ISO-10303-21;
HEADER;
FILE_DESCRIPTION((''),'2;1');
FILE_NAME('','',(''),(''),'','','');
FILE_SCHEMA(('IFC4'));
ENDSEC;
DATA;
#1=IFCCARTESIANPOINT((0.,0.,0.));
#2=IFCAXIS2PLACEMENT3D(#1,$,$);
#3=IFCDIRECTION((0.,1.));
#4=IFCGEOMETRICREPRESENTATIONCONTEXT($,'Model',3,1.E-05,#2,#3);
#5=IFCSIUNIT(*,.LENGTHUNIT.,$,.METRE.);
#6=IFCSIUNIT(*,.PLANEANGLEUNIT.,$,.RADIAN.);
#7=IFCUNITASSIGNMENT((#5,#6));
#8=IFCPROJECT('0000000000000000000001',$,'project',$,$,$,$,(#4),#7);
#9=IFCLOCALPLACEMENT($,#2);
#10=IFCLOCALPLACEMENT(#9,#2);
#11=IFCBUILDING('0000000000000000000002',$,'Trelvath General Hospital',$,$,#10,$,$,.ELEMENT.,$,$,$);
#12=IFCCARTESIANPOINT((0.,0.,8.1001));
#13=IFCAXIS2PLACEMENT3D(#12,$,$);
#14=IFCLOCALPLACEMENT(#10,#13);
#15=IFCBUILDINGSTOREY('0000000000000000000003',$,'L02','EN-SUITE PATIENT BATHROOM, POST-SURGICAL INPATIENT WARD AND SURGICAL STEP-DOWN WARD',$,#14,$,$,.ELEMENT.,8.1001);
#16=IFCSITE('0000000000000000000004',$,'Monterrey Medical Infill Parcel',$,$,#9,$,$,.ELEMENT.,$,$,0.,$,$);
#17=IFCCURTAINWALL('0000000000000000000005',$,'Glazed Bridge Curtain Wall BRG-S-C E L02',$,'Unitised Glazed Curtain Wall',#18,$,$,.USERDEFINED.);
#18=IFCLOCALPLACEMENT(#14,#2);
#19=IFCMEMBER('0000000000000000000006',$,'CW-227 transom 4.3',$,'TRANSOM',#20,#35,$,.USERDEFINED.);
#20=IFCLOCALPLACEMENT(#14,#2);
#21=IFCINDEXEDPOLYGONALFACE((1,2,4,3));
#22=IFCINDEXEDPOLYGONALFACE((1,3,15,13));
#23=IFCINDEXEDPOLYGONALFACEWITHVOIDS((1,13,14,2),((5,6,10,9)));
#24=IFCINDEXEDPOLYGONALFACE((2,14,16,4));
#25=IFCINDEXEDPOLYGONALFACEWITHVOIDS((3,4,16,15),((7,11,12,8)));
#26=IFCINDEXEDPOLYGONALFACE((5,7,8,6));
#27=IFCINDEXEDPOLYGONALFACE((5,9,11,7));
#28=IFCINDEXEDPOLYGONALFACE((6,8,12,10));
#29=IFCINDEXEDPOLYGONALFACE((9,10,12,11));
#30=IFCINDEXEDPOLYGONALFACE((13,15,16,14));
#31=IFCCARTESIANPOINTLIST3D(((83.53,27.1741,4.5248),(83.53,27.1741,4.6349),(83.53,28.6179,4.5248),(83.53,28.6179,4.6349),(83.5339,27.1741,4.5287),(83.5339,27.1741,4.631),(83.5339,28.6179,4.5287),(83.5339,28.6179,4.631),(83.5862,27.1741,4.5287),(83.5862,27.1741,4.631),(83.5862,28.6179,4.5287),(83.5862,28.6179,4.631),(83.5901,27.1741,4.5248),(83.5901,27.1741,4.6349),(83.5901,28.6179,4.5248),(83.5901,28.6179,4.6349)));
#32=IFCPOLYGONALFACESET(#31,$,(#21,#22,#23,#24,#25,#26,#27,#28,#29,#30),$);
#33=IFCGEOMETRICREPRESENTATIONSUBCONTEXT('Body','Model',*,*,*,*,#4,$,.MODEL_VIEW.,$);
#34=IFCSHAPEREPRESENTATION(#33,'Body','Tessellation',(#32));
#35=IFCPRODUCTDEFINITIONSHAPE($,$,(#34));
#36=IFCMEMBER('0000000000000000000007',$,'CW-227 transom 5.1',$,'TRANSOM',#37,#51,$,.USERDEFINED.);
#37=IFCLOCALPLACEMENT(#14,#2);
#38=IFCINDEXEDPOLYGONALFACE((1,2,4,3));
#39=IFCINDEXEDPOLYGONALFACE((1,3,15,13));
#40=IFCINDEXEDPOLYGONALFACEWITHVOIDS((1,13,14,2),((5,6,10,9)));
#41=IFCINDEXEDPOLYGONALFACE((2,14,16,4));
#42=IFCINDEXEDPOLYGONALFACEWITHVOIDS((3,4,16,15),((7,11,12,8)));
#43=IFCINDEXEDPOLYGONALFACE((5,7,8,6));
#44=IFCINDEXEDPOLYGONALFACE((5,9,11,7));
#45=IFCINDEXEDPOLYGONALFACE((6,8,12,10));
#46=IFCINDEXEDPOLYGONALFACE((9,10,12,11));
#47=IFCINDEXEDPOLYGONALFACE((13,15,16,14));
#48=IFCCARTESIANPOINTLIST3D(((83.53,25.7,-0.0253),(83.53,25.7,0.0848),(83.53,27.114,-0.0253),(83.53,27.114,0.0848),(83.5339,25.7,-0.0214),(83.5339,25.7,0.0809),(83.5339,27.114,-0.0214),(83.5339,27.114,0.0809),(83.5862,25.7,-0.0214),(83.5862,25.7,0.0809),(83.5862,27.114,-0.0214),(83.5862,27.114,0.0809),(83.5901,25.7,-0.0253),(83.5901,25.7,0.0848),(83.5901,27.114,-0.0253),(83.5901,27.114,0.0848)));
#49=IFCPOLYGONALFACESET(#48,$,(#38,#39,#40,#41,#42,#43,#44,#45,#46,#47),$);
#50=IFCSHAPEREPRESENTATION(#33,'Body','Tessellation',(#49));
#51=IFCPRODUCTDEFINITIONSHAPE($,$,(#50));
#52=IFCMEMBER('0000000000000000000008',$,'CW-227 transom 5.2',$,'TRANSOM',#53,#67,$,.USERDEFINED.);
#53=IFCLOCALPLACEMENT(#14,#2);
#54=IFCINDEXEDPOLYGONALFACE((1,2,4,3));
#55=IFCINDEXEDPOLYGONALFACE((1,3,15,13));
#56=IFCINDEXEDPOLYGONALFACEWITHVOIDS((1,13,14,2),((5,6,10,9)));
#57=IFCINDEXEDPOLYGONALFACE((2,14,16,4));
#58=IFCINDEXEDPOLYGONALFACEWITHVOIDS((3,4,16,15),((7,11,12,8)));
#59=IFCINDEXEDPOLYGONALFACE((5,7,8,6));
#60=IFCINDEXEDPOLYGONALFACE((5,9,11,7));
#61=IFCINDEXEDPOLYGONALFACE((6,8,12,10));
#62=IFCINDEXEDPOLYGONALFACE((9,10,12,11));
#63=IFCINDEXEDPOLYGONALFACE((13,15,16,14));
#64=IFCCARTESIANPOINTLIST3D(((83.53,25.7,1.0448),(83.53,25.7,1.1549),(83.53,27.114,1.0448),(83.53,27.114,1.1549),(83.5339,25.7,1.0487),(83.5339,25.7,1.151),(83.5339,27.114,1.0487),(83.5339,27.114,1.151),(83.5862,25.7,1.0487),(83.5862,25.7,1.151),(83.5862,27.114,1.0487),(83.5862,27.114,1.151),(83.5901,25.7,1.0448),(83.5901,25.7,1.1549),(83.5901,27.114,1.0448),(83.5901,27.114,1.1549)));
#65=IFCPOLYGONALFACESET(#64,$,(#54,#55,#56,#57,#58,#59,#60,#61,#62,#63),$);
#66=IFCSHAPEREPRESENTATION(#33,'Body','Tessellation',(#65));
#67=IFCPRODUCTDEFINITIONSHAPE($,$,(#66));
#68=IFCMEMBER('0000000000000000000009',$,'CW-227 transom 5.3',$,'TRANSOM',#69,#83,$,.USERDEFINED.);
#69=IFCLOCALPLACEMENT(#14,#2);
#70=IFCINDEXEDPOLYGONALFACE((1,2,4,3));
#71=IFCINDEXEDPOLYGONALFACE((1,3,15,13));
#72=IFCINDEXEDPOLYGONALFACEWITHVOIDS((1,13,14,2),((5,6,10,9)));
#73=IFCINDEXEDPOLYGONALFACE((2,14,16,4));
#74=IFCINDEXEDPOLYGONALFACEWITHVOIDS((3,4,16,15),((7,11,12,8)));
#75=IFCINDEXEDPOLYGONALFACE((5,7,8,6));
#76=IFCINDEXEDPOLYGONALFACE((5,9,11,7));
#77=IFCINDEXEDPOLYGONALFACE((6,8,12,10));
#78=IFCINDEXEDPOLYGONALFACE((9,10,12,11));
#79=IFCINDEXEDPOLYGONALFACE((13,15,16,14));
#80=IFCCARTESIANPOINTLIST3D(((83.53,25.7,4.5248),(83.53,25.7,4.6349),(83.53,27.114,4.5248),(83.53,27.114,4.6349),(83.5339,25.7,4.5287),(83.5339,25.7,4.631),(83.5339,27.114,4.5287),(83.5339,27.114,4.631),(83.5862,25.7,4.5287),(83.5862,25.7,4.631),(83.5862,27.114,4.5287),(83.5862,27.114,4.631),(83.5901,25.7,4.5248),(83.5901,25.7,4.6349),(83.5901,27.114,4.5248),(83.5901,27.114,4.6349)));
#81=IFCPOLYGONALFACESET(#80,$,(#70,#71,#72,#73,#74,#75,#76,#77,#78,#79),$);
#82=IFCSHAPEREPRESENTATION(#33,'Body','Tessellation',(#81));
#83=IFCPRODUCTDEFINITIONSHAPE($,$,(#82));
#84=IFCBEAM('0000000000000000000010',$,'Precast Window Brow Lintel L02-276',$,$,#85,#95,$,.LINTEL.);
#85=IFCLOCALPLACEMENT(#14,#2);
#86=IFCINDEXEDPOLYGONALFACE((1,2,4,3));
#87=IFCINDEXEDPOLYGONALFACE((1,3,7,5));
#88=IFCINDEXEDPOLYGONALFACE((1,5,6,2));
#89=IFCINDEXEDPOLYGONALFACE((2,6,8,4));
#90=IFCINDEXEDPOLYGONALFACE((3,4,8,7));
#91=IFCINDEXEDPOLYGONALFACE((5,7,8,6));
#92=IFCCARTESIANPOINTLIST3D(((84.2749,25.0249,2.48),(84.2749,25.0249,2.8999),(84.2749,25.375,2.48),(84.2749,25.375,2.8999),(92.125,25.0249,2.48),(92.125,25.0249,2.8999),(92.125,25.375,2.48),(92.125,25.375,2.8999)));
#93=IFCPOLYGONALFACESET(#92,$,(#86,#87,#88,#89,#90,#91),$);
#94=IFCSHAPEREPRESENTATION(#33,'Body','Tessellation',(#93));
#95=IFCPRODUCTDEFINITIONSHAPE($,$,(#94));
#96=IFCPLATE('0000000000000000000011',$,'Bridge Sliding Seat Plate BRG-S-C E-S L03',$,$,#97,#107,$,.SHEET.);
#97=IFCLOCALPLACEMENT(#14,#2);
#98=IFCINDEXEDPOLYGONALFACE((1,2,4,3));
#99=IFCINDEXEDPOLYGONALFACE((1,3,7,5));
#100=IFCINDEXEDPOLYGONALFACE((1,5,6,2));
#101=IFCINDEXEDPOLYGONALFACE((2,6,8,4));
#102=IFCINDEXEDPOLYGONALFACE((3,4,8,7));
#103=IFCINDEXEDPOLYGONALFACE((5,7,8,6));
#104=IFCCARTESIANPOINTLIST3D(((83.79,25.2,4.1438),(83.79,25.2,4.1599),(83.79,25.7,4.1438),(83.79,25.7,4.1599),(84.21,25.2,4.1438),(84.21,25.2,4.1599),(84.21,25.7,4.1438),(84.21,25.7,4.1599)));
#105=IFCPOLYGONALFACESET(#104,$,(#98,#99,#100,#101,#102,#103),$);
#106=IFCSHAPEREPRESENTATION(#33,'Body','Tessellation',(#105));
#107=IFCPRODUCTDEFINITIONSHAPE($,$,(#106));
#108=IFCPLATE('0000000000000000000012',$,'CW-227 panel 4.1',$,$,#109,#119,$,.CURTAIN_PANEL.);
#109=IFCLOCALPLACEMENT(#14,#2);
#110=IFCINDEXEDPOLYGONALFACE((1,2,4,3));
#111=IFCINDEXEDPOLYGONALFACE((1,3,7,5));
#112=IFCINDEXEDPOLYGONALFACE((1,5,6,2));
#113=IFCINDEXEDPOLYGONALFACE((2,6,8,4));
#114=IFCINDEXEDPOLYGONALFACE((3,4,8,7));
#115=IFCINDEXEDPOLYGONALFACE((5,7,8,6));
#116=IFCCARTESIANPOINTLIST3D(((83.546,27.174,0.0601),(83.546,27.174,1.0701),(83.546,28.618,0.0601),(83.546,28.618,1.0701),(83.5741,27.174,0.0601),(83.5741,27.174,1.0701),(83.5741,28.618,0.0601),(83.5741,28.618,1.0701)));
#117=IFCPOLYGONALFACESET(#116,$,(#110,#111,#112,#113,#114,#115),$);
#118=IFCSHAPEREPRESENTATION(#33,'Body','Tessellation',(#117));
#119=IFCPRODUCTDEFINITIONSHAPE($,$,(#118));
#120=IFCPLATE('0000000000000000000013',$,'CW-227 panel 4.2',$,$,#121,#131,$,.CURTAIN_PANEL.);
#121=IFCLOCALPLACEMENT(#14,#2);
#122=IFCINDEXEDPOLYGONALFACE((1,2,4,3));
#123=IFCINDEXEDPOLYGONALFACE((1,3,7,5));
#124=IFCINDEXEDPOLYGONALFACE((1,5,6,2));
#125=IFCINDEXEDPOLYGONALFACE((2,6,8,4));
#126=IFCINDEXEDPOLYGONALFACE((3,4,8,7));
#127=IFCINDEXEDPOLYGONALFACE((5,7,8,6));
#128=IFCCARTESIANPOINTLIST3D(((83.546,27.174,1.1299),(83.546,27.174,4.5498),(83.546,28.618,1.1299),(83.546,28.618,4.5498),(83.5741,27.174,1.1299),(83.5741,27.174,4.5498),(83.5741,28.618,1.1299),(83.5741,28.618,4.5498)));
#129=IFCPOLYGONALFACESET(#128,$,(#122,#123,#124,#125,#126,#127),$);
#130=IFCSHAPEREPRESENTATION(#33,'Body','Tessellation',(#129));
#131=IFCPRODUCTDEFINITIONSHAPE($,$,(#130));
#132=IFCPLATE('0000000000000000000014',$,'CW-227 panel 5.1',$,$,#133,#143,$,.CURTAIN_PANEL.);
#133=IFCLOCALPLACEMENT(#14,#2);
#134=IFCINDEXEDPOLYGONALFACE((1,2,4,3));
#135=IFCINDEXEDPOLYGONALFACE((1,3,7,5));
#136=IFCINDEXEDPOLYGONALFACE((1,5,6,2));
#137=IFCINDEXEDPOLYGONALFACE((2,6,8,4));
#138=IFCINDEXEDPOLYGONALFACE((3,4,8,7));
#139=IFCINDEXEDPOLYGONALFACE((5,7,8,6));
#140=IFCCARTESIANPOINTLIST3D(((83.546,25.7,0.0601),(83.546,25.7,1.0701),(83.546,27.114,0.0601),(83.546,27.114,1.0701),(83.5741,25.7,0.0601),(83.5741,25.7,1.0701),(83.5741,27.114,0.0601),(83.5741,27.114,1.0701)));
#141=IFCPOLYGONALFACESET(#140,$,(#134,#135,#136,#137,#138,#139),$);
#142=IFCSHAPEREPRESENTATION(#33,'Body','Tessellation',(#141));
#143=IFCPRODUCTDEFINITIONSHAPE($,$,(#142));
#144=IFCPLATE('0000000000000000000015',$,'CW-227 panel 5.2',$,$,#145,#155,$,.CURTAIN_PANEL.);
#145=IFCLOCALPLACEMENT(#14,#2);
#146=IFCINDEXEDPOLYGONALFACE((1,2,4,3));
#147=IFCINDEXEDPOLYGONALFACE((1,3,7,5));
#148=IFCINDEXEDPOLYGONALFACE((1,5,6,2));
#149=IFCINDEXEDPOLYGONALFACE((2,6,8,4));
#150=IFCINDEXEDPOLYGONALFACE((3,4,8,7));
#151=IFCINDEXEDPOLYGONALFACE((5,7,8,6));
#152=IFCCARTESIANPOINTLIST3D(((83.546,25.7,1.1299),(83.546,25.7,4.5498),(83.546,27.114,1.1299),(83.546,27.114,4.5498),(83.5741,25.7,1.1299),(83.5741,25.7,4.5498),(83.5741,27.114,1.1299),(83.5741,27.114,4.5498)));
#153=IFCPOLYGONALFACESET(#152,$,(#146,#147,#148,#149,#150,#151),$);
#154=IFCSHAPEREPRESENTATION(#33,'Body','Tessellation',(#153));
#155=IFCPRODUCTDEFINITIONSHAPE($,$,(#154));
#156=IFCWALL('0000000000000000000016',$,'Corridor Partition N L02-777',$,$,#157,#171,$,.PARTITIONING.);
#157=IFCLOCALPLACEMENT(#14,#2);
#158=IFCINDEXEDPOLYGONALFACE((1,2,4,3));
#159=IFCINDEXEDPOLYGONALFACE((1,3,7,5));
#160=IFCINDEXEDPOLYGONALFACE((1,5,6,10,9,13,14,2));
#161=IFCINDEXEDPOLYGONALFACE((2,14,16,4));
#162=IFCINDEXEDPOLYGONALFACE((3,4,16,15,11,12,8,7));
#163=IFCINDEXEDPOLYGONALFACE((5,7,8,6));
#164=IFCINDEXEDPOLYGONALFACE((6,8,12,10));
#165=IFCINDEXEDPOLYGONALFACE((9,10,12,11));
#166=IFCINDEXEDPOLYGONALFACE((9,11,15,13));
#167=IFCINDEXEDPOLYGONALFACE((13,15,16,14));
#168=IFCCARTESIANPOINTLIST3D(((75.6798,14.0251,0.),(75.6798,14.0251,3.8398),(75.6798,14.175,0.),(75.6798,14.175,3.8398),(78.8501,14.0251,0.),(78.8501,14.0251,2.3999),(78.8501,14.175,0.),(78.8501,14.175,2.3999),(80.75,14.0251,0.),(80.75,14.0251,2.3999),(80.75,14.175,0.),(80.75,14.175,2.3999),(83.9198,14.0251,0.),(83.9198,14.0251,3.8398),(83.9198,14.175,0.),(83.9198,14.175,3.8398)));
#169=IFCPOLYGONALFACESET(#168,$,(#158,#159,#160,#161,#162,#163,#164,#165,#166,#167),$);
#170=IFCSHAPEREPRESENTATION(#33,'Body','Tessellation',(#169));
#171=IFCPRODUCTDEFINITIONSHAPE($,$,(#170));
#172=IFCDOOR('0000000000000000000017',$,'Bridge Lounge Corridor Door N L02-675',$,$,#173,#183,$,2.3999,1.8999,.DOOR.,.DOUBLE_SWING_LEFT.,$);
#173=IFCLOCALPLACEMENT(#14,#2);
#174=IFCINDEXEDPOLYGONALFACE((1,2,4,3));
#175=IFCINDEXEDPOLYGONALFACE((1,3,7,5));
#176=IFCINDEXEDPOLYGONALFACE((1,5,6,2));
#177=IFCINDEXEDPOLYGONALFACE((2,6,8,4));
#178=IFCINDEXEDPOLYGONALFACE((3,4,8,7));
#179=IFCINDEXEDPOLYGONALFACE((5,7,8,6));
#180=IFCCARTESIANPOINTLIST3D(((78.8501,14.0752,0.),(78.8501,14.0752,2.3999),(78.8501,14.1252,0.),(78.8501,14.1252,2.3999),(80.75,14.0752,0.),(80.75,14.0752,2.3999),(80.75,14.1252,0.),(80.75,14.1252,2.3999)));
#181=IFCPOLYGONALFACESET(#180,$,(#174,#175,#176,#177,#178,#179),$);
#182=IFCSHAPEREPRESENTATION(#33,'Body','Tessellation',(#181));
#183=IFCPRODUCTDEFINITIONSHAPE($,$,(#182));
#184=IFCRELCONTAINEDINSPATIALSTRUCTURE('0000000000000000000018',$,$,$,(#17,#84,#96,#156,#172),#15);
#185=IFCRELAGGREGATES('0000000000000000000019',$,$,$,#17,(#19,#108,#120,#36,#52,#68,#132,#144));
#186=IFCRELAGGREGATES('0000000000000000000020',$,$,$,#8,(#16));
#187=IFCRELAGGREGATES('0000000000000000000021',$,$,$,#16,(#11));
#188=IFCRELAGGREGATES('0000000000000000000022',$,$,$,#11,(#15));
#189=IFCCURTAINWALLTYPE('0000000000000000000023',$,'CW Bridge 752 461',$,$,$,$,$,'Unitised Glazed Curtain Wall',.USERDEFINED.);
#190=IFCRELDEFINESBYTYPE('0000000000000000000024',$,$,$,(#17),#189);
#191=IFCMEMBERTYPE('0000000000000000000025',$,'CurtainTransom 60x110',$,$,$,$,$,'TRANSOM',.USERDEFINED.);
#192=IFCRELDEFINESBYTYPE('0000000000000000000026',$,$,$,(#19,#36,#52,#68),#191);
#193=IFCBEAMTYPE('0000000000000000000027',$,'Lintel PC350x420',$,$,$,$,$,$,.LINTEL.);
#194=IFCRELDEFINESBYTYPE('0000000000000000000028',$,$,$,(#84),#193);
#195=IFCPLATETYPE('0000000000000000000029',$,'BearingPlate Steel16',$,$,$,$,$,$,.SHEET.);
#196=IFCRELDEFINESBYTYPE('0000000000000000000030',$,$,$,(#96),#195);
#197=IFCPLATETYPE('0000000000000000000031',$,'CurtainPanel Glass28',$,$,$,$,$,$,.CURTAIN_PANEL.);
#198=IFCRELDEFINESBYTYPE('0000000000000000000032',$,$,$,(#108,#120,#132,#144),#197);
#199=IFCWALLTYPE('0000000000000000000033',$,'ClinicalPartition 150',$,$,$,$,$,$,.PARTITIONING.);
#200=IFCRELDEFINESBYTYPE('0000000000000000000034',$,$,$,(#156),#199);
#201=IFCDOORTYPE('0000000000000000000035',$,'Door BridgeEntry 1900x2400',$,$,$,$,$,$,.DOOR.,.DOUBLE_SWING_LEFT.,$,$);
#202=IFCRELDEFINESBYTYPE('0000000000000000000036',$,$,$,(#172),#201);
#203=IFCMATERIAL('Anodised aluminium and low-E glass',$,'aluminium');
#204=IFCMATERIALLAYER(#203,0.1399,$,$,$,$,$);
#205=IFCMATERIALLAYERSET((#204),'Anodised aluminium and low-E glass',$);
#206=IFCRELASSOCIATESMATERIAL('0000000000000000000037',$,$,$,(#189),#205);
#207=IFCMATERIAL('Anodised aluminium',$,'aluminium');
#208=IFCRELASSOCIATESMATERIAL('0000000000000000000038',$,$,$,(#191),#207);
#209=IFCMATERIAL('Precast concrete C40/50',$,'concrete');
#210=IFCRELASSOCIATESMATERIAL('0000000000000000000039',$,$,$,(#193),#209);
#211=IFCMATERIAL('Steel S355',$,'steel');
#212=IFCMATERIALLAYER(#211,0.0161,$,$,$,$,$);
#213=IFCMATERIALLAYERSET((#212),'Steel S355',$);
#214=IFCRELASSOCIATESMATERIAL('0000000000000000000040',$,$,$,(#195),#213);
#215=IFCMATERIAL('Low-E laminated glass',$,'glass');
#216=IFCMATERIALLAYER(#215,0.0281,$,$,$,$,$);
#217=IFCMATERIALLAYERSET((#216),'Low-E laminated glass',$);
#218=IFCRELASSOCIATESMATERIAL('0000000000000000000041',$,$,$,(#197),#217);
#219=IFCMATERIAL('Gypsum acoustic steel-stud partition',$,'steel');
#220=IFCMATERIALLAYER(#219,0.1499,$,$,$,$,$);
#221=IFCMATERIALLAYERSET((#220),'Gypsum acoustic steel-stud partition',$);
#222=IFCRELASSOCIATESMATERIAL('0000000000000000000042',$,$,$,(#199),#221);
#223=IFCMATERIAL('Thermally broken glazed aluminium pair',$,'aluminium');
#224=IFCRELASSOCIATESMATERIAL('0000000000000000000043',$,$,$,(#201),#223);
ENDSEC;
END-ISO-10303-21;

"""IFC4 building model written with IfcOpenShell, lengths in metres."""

from ifc_helpers import new_model, si_unit, direction, frame, frame_2d, origin, origin_2d, place, context, subcontext, project, spatial, rectangle, hollow_rectangle, extrude, material, layer, layer_set, material_profile, profile_set, type_object, element, fill, aggregate, save


model = new_model("IFC4")

# Units and contexts
model_context = context("Model", 3, precision=1e-05, world=origin(), true_north=direction((0.0, 1.0)))
body_context = subcontext(model_context, "Body", "Model", "MODEL_VIEW")
ifc_project = project(units=[si_unit("LENGTHUNIT", "METRE"), si_unit("PLANEANGLEUNIT", "RADIAN")], contexts=[model_context])

# Site, building, storey
site_placement = place(None, origin())
site = spatial("IfcSite", under=ifc_project, at=site_placement, Name="Monterrey Medical Infill Parcel", CompositionType="ELEMENT", RefElevation=0.0)
building_placement = place(site_placement, origin())
building = spatial("IfcBuilding", under=site, at=building_placement, Name="Trelvath General Hospital", CompositionType="ELEMENT")
storey_placement = place(building_placement, frame((0.0, 0.0, 8.1001)))
storey = spatial("IfcBuildingStorey", under=building, at=storey_placement, Name="L02", Description="EN-SUITE PATIENT BATHROOM, POST-SURGICAL INPATIENT WARD AND SURGICAL STEP-DOWN WARD", CompositionType="ELEMENT", Elevation=8.1001)

# Curtain wall, members
ifc_material_1 = material(Name="Anodised aluminium and low-E glass", Category="aluminium")
ifc_layer_1 = layer(ifc_material_1, 0.1399)
ifc_layer_set_1 = layer_set([ifc_layer_1], Name="Anodised aluminium and low-E glass")
curtain_wall_type = type_object("IfcCurtainWallType", Name="CW Bridge 752 461", ElementType="Unitised Glazed Curtain Wall", PredefinedType="USERDEFINED", material=ifc_layer_set_1)
curtain_wall_placement = place(storey_placement, origin())
curtain_wall = element("IfcCurtainWall", 1, at=curtain_wall_placement, inside=storey, type_object=curtain_wall_type, Name="Glazed Bridge Curtain Wall BRG-S-C E L02", ObjectType="Unitised Glazed Curtain Wall", PredefinedType="USERDEFINED")
ifc_material_2 = material(Name="Anodised aluminium", Category="aluminium")
ifc_material_profile_1 = material_profile(ifc_material_2, hollow_rectangle(XDim=0.0601, YDim=0.1101, WallThickness=0.0039, at=origin_2d()), Name="RHS60x110x4")
ifc_profile_set_1 = profile_set([ifc_material_profile_1], Name="Anodised aluminium")
member_type_1 = type_object("IfcMemberType", Name="CurtainTransom 60x110", ElementType="TRANSOM", PredefinedType="USERDEFINED", material=ifc_profile_set_1)
member_1_placement = place(storey_placement, frame((83.5601, 28.6179, 4.5798), z_axis=(0.0, -1.0, 0.0), x_axis=(1.0, 0.0, 0.0)))
member_1 = element("IfcMember", 2, at=member_1_placement, type_object=member_type_1, Name="CW-227 transom 4.3", ObjectType="TRANSOM", PredefinedType="USERDEFINED", context=body_context, shape_type="SweptSolid", body=[
    extrude(hollow_rectangle(XDim=0.0601, YDim=0.1101, WallThickness=0.0039, at=origin_2d()), origin(), (0.0, 0.0, 1.0), 1.4438),
])
member_2_placement = place(storey_placement, frame((83.5601, 27.114, 0.0298), z_axis=(0.0, -1.0, 0.0), x_axis=(1.0, 0.0, 0.0)))
member_2 = element("IfcMember", 3, at=member_2_placement, type_object=member_type_1, Name="CW-227 transom 5.1", ObjectType="TRANSOM", PredefinedType="USERDEFINED", context=body_context, shape_type="SweptSolid", body=[
    extrude(hollow_rectangle(XDim=0.0601, YDim=0.1101, WallThickness=0.0039, at=origin_2d()), origin(), (0.0, 0.0, 1.0), 1.4141),
])
member_3_placement = place(storey_placement, frame((83.5601, 27.114, 1.0999), z_axis=(0.0, -1.0, 0.0), x_axis=(1.0, 0.0, 0.0)))
member_3 = element("IfcMember", 4, at=member_3_placement, type_object=member_type_1, Name="CW-227 transom 5.2", ObjectType="TRANSOM", PredefinedType="USERDEFINED", context=body_context, shape_type="SweptSolid", body=[
    extrude(hollow_rectangle(XDim=0.0601, YDim=0.1101, WallThickness=0.0039, at=origin_2d()), origin(), (0.0, 0.0, 1.0), 1.4141),
])
member_4_placement = place(storey_placement, frame((83.5601, 27.114, 4.5798), z_axis=(0.0, -1.0, 0.0), x_axis=(1.0, 0.0, 0.0)))
member_4 = element("IfcMember", 5, at=member_4_placement, type_object=member_type_1, Name="CW-227 transom 5.3", ObjectType="TRANSOM", PredefinedType="USERDEFINED", context=body_context, shape_type="SweptSolid", body=[
    extrude(hollow_rectangle(XDim=0.0601, YDim=0.1101, WallThickness=0.0039, at=origin_2d()), origin(), (0.0, 0.0, 1.0), 1.4141),
])

# Beam
ifc_material_3 = material(Name="Precast concrete C40/50", Category="concrete")
ifc_material_profile_2 = material_profile(ifc_material_3, rectangle(XDim=0.3501, YDim=0.4199, at=origin_2d()), Name="PCL350x420")
ifc_profile_set_2 = profile_set([ifc_material_profile_2], Name="Precast concrete C40/50")
beam_type_1 = type_object("IfcBeamType", Name="Lintel PC350x420", PredefinedType="LINTEL", material=ifc_profile_set_2)
beam_1_placement = place(storey_placement, frame((84.2749, 25.2, 2.6899), z_axis=(1.0, 0.0, 0.0), x_axis=(0.0, 1.0, 0.0)))
element("IfcBeam", 6, at=beam_1_placement, inside=storey, type_object=beam_type_1, Name="Precast Window Brow Lintel L02-276", PredefinedType="LINTEL", context=body_context, shape_type="SweptSolid", body=[
    extrude(rectangle(XDim=0.3501, YDim=0.4199, at=origin_2d()), origin(), (0.0, 0.0, 1.0), 7.8501),
])

# Plates
ifc_material_4 = material(Name="Steel S355", Category="steel")
ifc_layer_2 = layer(ifc_material_4, 0.0161)
ifc_layer_set_2 = layer_set([ifc_layer_2], Name="Steel S355")
plate_type_1 = type_object("IfcPlateType", Name="BearingPlate Steel16", PredefinedType="SHEET", material=ifc_layer_set_2)
plate_1_placement = place(storey_placement, frame((84.0, 25.45, 4.1438), z_axis=(0.0, 0.0, 1.0), x_axis=(1.0, 0.0, 0.0)))
element("IfcPlate", 7, at=plate_1_placement, inside=storey, type_object=plate_type_1, Name="Bridge Sliding Seat Plate BRG-S-C E-S L03", PredefinedType="SHEET", context=body_context, shape_type="SweptSolid", body=[
    extrude(rectangle(XDim=0.4199, YDim=0.5, at=origin_2d()), origin(), (0.0, 0.0, 1.0), 0.0161),
])
ifc_material_5 = material(Name="Low-E laminated glass", Category="glass")
ifc_layer_3 = layer(ifc_material_5, 0.0281)
ifc_layer_set_3 = layer_set([ifc_layer_3], Name="Low-E laminated glass")
plate_type_2 = type_object("IfcPlateType", Name="CurtainPanel Glass28", PredefinedType="CURTAIN_PANEL", material=ifc_layer_set_3)
plate_2_placement = place(storey_placement, frame((83.5601, 27.896, 0.0601), z_axis=(0.0, 0.0, 1.0), x_axis=(0.0, -1.0, 0.0)))
plate_2 = element("IfcPlate", 8, at=plate_2_placement, type_object=plate_type_2, Name="CW-227 panel 4.1", PredefinedType="CURTAIN_PANEL", context=body_context, shape_type="SweptSolid", body=[
    extrude(rectangle(XDim=1.4441, YDim=0.0281, at=origin_2d()), origin(), (0.0, 0.0, 1.0), 1.01),
])
plate_3_placement = place(storey_placement, frame((83.5601, 27.896, 1.1299), z_axis=(0.0, 0.0, 1.0), x_axis=(0.0, -1.0, 0.0)))
plate_3 = element("IfcPlate", 9, at=plate_3_placement, type_object=plate_type_2, Name="CW-227 panel 4.2", PredefinedType="CURTAIN_PANEL", context=body_context, shape_type="SweptSolid", body=[
    extrude(rectangle(XDim=1.4441, YDim=0.0281, at=origin_2d()), origin(), (0.0, 0.0, 1.0), 3.4199),
])
plate_4_placement = place(storey_placement, frame((83.5601, 26.407, 0.0601), z_axis=(0.0, 0.0, 1.0), x_axis=(0.0, -1.0, 0.0)))
plate_4 = element("IfcPlate", 10, at=plate_4_placement, type_object=plate_type_2, Name="CW-227 panel 5.1", PredefinedType="CURTAIN_PANEL", context=body_context, shape_type="SweptSolid", body=[
    extrude(rectangle(XDim=1.4141, YDim=0.0281, at=origin_2d()), origin(), (0.0, 0.0, 1.0), 1.01),
])
plate_5_placement = place(storey_placement, frame((83.5601, 26.407, 1.1299), z_axis=(0.0, 0.0, 1.0), x_axis=(0.0, -1.0, 0.0)))
plate_5 = element("IfcPlate", 11, at=plate_5_placement, type_object=plate_type_2, Name="CW-227 panel 5.2", PredefinedType="CURTAIN_PANEL", context=body_context, shape_type="SweptSolid", body=[
    extrude(rectangle(XDim=1.4141, YDim=0.0281, at=origin_2d()), origin(), (0.0, 0.0, 1.0), 3.4199),
])
aggregate(curtain_wall, [member_1, plate_2, plate_3, member_2, member_3, member_4, plate_4, plate_5])

# Wall, opening, door
ifc_material_6 = material(Name="Gypsum acoustic steel-stud partition", Category="steel")
ifc_layer_4 = layer(ifc_material_6, 0.1499)
ifc_layer_set_4 = layer_set([ifc_layer_4], Name="Gypsum acoustic steel-stud partition")
wall_type_1 = type_object("IfcWallType", Name="ClinicalPartition 150", PredefinedType="PARTITIONING", material=ifc_layer_set_4)
wall_1_placement = place(storey_placement, frame((83.9199, 14.1001, 0.0), z_axis=(0.0, 0.0, 1.0), x_axis=(-1.0, 0.0, 0.0)))
wall_1 = element("IfcWall", 12, at=wall_1_placement, inside=storey, type_object=wall_type_1, Name="Corridor Partition N L02-777", PredefinedType="PARTITIONING", context=body_context, shape_type="SweptSolid", body=[
    extrude(rectangle(XDim=8.24, YDim=0.1499, at=frame_2d((4.1201, 0.0))), origin(), (0.0, 0.0, 1.0), 3.8398),
])
opening_1_placement = place(wall_1_placement, frame((3.1699, 0.0, 0.0)))
opening_1 = element("IfcOpeningElement", 13, at=opening_1_placement, cuts=wall_1, PredefinedType="OPENING", context=body_context, shape_type="SweptSolid", body=[
    extrude(rectangle(XDim=1.8999, YDim=2.3999, at=frame_2d((0.95, 1.2))), frame((0.0, 0.085, 0.0), z_axis=(0.0, -1.0, 0.0), x_axis=(1.0, 0.0, 0.0)), (0.0, 0.0, 1.0), 0.1699),
])
ifc_material_7 = material(Name="Thermally broken glazed aluminium pair", Category="aluminium")
door_type_1 = type_object("IfcDoorType", Name="Door BridgeEntry 1900x2400", OperationType="DOUBLE_SWING_LEFT", PredefinedType="DOOR", material=ifc_material_7)
door_1_placement = place(opening_1_placement, origin())
door_1 = element("IfcDoor", 14, at=door_1_placement, inside=storey, type_object=door_type_1, Name="Bridge Lounge Corridor Door N L02-675", OperationType="DOUBLE_SWING_LEFT", OverallHeight=2.3999, OverallWidth=1.8999, PredefinedType="DOOR", context=body_context, shape_type="SweptSolid", body=[
    extrude(rectangle(XDim=1.8999, YDim=2.3999, at=frame_2d((0.95, 1.2))), frame((0.0, 0.0249, 0.0), z_axis=(0.0, -1.0, 0.0), x_axis=(1.0, 0.0, 0.0)), (0.0, 0.0, 1.0), 0.05),
])
fill(opening_1, door_1)

save(model, "model.ifc")
